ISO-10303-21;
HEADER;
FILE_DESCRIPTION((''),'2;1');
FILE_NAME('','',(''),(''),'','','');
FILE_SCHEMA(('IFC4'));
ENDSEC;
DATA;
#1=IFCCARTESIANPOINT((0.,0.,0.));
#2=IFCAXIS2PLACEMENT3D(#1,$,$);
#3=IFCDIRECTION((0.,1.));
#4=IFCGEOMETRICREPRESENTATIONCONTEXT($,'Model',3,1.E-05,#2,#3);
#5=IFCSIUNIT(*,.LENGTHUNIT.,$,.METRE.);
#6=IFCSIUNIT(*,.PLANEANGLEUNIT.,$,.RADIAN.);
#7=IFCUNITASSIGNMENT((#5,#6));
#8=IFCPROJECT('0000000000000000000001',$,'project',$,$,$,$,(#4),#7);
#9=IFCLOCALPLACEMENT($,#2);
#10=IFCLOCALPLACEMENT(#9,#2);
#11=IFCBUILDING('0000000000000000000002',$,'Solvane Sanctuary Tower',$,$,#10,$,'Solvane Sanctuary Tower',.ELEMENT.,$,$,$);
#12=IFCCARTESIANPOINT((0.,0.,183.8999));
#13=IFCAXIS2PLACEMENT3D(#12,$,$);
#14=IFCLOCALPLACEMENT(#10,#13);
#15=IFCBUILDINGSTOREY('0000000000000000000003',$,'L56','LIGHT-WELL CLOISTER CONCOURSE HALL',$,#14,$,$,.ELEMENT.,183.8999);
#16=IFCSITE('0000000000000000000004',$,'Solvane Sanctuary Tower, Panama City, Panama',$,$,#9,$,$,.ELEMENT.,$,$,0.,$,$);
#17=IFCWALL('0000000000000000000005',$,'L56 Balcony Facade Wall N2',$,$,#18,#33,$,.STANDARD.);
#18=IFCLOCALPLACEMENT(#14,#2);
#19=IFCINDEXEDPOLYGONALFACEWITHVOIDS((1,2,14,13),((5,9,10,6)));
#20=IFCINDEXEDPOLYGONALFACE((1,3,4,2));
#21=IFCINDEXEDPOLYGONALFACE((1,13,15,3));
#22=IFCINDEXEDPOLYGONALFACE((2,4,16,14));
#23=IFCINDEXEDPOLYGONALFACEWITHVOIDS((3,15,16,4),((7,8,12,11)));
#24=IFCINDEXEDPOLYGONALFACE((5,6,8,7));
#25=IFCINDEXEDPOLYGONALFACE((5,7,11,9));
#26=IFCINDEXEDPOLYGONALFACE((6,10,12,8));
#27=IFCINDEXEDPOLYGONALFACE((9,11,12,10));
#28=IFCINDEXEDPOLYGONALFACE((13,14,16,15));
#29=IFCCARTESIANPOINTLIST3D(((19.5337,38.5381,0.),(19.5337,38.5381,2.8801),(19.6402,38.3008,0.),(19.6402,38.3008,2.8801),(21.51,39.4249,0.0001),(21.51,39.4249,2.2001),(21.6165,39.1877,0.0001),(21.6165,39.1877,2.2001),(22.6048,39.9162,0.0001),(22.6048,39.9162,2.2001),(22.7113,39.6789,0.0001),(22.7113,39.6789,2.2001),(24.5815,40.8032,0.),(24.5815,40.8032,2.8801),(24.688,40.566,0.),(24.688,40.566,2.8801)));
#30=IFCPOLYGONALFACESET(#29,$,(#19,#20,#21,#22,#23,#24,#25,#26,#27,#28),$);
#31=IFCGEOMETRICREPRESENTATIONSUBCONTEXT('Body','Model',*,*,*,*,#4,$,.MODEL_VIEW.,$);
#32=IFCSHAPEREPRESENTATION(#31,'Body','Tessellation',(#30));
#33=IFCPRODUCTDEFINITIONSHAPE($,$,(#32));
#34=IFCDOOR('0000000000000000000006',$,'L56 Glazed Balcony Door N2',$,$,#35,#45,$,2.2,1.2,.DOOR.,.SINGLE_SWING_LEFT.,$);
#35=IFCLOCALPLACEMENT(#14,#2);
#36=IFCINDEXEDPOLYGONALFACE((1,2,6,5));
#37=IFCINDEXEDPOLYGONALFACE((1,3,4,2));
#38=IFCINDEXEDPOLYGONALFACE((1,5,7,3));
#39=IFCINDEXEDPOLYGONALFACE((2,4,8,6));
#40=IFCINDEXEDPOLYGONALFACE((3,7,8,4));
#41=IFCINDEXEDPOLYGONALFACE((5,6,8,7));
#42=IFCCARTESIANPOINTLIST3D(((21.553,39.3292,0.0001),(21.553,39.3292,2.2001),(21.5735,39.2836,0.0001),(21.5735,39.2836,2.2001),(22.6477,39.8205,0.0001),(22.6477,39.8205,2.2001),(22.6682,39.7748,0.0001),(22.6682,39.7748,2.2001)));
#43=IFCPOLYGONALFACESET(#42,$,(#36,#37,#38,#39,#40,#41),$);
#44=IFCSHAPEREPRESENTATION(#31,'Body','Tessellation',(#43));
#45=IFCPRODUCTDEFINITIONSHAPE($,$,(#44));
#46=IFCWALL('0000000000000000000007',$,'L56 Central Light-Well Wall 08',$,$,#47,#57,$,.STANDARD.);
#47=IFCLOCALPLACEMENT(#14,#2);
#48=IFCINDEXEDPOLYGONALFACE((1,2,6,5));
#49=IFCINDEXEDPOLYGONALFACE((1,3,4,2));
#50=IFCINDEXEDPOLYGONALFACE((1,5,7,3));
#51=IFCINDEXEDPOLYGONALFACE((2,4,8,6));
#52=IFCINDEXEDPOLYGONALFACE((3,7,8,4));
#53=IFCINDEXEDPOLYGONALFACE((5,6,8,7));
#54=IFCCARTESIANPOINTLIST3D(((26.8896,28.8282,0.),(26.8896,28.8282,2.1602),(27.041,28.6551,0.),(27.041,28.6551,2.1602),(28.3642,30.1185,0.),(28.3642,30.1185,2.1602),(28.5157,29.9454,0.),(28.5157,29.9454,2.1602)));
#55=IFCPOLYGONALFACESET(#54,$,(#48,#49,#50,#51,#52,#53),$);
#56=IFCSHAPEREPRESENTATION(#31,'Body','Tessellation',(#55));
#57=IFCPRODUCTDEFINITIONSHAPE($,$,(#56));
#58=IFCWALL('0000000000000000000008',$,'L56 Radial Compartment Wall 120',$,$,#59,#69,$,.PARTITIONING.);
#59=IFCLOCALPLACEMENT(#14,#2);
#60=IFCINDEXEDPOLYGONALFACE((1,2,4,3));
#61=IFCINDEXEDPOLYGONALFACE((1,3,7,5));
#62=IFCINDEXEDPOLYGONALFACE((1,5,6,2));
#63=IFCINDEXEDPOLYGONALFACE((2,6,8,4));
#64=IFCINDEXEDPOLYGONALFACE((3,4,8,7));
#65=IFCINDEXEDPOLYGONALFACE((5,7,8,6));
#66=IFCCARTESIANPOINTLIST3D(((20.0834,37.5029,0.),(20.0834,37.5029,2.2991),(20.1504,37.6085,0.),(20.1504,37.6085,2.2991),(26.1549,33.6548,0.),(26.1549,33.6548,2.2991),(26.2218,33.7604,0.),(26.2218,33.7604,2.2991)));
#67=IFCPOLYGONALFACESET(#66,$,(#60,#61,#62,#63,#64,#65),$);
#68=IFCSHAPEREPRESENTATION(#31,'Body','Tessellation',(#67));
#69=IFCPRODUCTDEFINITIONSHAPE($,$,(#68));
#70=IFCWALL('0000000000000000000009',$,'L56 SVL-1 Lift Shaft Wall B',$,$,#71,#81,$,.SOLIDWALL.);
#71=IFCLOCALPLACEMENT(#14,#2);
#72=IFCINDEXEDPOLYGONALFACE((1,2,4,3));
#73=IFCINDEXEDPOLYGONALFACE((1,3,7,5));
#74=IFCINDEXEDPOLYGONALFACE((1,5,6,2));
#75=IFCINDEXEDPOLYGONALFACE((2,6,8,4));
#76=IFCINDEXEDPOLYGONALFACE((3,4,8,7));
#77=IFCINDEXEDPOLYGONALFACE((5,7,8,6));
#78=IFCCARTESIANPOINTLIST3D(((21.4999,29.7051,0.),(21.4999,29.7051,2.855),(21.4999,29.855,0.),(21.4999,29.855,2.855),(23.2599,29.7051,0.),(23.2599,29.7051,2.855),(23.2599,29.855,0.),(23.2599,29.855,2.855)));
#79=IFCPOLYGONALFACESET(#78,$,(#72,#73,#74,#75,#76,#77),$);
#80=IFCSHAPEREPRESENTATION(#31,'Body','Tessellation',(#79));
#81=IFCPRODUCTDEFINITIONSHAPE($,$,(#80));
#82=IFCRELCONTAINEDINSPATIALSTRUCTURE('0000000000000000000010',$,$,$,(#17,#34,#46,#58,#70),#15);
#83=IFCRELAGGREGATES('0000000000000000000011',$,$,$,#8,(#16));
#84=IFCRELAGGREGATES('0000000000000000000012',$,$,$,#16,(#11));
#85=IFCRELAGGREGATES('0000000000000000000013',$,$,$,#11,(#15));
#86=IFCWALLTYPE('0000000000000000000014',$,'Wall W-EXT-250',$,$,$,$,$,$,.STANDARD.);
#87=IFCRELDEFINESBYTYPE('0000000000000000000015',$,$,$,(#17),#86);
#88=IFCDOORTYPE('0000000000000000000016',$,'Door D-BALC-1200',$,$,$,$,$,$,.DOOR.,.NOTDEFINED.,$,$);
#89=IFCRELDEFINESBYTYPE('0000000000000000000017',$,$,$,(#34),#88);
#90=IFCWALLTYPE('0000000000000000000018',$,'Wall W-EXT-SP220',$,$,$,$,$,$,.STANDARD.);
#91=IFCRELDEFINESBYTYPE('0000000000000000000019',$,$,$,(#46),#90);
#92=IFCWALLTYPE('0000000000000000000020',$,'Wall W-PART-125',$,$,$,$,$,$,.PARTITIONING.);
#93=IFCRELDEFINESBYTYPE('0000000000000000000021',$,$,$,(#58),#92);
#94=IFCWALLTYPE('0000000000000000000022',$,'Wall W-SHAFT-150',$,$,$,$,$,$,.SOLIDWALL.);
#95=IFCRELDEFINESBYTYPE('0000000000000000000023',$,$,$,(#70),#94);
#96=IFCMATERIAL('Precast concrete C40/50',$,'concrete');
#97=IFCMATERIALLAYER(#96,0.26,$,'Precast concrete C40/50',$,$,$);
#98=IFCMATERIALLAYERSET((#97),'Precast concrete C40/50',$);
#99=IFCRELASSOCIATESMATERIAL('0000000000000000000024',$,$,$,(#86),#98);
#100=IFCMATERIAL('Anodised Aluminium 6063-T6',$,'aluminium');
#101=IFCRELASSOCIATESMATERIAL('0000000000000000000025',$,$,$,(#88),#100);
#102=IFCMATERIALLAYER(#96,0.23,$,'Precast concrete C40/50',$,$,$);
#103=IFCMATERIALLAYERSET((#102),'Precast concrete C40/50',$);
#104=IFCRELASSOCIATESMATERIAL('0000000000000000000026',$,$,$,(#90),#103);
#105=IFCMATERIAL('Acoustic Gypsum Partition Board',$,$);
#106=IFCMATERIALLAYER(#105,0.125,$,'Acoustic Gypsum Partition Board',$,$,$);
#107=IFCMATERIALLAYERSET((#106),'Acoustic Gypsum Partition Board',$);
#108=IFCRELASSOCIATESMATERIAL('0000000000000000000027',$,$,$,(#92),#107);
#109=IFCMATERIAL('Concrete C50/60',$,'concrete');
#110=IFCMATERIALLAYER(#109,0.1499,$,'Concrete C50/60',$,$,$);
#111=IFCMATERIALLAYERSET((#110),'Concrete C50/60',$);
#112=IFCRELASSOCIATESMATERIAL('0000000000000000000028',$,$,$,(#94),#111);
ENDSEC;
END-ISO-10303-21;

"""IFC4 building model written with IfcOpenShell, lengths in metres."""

from ifc_helpers import new_model, si_unit, direction, frame, frame_2d, origin, place, context, subcontext, project, spatial, rectangle, extrude, material, layer, layer_set, type_object, element, fill, save


model = new_model("IFC4")

# Units and contexts
model_context = context("Model", 3, precision=1e-05, world=origin(), true_north=direction((0.0, 1.0)))
body_context = subcontext(model_context, "Body", "Model", "MODEL_VIEW")
ifc_project = project(units=[si_unit("LENGTHUNIT", "METRE"), si_unit("PLANEANGLEUNIT", "RADIAN")], contexts=[model_context])

# Site, building, storey
site_placement = place(None, origin())
site = spatial("IfcSite", under=ifc_project, at=site_placement, Name="Solvane Sanctuary Tower, Panama City, Panama", CompositionType="ELEMENT", RefElevation=0.0)
building_placement = place(site_placement, origin())
building = spatial("IfcBuilding", under=site, at=building_placement, Name="Solvane Sanctuary Tower", LongName="Solvane Sanctuary Tower", CompositionType="ELEMENT")
storey_placement = place(building_placement, frame((0.0, 0.0, 183.8999)))
storey = spatial("IfcBuildingStorey", under=building, at=storey_placement, Name="L56", Description="LIGHT-WELL CLOISTER CONCOURSE HALL", CompositionType="ELEMENT", Elevation=183.8999)

# Shared definitions
ifc_material_1 = material(Name="Concrete C50/60", Category="concrete")

# Shared definitions
ifc_material_2 = material(Name="Acoustic Gypsum Partition Board")

# Wall, opening, door
ifc_material_3 = material(Name="Precast concrete C40/50", Category="concrete")
ifc_layer_1 = layer(ifc_material_3, 0.26, Name="Precast concrete C40/50")
ifc_layer_set_1 = layer_set([ifc_layer_1], Name="Precast concrete C40/50")
wall_type_1 = type_object("IfcWallType", Name="Wall W-EXT-250", PredefinedType="STANDARD", material=ifc_layer_set_1)
wall_1_placement = place(storey_placement, frame((24.6348, 40.6846, 0.0), z_axis=(0.0, 0.0, 1.0), x_axis=(-0.912354, -0.409403, 0.0)))
wall_1 = element("IfcWall", 1, at=wall_1_placement, inside=storey, type_object=wall_type_1, Name="L56 Balcony Facade Wall N2", PredefinedType="STANDARD", context=body_context, shape_type="SweptSolid", body=[
    extrude(rectangle(XDim=5.5327, YDim=0.26, at=frame_2d((2.7664, 0.0))), origin(), (0.0, 0.0, 1.0), 2.8801),
])
opening_placement = place(wall_1_placement, frame((2.1665, 0.0, 0.0)))
opening = element("IfcOpeningElement", 2, at=opening_placement, cuts=wall_1, PredefinedType="OPENING", context=body_context, shape_type="SweptSolid", body=[
    extrude(rectangle(XDim=1.2, YDim=2.2, at=frame_2d((0.6001, 1.1001))), frame((0.0, 0.1399, 0.0), z_axis=(0.0, -1.0, 0.0), x_axis=(1.0, 0.0, 0.0)), (0.0, 0.0, 1.0), 0.28),
])
ifc_material_4 = material(Name="Anodised Aluminium 6063-T6", Category="aluminium")
door_type = type_object("IfcDoorType", Name="Door D-BALC-1200", OperationType="NOTDEFINED", PredefinedType="DOOR", material=ifc_material_4)
door_placement = place(opening_placement, origin())
door = element("IfcDoor", 3, at=door_placement, inside=storey, type_object=door_type, Name="L56 Glazed Balcony Door N2", OperationType="SINGLE_SWING_LEFT", OverallHeight=2.2, OverallWidth=1.2, PredefinedType="DOOR", context=body_context, shape_type="SweptSolid", body=[
    extrude(rectangle(XDim=1.2, YDim=2.2, at=frame_2d((0.6001, 1.1001))), frame((0.0, 0.0249, 0.0), z_axis=(0.0, -1.0, 0.0), x_axis=(1.0, 0.0, 0.0)), (0.0, 0.0, 1.0), 0.05),
])
fill(opening, door)

# Walls
ifc_layer_2 = layer(ifc_material_3, 0.23, Name="Precast concrete C40/50")
ifc_layer_set_2 = layer_set([ifc_layer_2], Name="Precast concrete C40/50")
wall_type_2 = type_object("IfcWallType", Name="Wall W-EXT-SP220", PredefinedType="STANDARD", material=ifc_layer_set_2)
wall_2_placement = place(storey_placement, frame((28.4399, 30.032, 0.0), z_axis=(0.0, 0.0, 1.0), x_axis=(-0.752577, -0.658505, 0.0)))
element("IfcWall", 4, at=wall_2_placement, inside=storey, type_object=wall_type_2, Name="L56 Central Light-Well Wall 08", PredefinedType="STANDARD", context=body_context, shape_type="SweptSolid", body=[
    extrude(rectangle(XDim=1.9595, YDim=0.23, at=frame_2d((0.9797, 0.0))), origin(), (0.0, 0.0, 1.0), 2.1602),
])
ifc_layer_3 = layer(ifc_material_2, 0.125, Name="Acoustic Gypsum Partition Board")
ifc_layer_set_3 = layer_set([ifc_layer_3], Name="Acoustic Gypsum Partition Board")
wall_type_3 = type_object("IfcWallType", Name="Wall W-PART-125", PredefinedType="PARTITIONING", material=ifc_layer_set_3)
wall_3_placement = place(storey_placement, frame((26.1885, 33.7075, 0.0), z_axis=(0.0, 0.0, 1.0), x_axis=(-0.84464, 0.535334, 0.0)))
element("IfcWall", 5, at=wall_3_placement, inside=storey, type_object=wall_type_3, Name="L56 Radial Compartment Wall 120", PredefinedType="PARTITIONING", context=body_context, shape_type="SweptSolid", body=[
    extrude(rectangle(XDim=7.1882, YDim=0.125, at=frame_2d((3.5942, 0.0))), origin(), (0.0, 0.0, 1.0), 2.2991),
])
ifc_layer_4 = layer(ifc_material_1, 0.1499, Name="Concrete C50/60")
ifc_layer_set_4 = layer_set([ifc_layer_4], Name="Concrete C50/60")
wall_type_4 = type_object("IfcWallType", Name="Wall W-SHAFT-150", PredefinedType="SOLIDWALL", material=ifc_layer_set_4)
wall_4_placement = place(storey_placement, frame((21.5, 29.78, 0.0), z_axis=(0.0, 0.0, 1.0), x_axis=(1.0, 0.0, 0.0)))
element("IfcWall", 6, at=wall_4_placement, inside=storey, type_object=wall_type_4, Name="L56 SVL-1 Lift Shaft Wall B", PredefinedType="SOLIDWALL", context=body_context, shape_type="SweptSolid", body=[
    extrude(rectangle(XDim=1.76, YDim=0.1499, at=frame_2d((0.8799, 0.0))), origin(), (0.0, 0.0, 1.0), 2.855),
])

save(model, "model.ifc")
